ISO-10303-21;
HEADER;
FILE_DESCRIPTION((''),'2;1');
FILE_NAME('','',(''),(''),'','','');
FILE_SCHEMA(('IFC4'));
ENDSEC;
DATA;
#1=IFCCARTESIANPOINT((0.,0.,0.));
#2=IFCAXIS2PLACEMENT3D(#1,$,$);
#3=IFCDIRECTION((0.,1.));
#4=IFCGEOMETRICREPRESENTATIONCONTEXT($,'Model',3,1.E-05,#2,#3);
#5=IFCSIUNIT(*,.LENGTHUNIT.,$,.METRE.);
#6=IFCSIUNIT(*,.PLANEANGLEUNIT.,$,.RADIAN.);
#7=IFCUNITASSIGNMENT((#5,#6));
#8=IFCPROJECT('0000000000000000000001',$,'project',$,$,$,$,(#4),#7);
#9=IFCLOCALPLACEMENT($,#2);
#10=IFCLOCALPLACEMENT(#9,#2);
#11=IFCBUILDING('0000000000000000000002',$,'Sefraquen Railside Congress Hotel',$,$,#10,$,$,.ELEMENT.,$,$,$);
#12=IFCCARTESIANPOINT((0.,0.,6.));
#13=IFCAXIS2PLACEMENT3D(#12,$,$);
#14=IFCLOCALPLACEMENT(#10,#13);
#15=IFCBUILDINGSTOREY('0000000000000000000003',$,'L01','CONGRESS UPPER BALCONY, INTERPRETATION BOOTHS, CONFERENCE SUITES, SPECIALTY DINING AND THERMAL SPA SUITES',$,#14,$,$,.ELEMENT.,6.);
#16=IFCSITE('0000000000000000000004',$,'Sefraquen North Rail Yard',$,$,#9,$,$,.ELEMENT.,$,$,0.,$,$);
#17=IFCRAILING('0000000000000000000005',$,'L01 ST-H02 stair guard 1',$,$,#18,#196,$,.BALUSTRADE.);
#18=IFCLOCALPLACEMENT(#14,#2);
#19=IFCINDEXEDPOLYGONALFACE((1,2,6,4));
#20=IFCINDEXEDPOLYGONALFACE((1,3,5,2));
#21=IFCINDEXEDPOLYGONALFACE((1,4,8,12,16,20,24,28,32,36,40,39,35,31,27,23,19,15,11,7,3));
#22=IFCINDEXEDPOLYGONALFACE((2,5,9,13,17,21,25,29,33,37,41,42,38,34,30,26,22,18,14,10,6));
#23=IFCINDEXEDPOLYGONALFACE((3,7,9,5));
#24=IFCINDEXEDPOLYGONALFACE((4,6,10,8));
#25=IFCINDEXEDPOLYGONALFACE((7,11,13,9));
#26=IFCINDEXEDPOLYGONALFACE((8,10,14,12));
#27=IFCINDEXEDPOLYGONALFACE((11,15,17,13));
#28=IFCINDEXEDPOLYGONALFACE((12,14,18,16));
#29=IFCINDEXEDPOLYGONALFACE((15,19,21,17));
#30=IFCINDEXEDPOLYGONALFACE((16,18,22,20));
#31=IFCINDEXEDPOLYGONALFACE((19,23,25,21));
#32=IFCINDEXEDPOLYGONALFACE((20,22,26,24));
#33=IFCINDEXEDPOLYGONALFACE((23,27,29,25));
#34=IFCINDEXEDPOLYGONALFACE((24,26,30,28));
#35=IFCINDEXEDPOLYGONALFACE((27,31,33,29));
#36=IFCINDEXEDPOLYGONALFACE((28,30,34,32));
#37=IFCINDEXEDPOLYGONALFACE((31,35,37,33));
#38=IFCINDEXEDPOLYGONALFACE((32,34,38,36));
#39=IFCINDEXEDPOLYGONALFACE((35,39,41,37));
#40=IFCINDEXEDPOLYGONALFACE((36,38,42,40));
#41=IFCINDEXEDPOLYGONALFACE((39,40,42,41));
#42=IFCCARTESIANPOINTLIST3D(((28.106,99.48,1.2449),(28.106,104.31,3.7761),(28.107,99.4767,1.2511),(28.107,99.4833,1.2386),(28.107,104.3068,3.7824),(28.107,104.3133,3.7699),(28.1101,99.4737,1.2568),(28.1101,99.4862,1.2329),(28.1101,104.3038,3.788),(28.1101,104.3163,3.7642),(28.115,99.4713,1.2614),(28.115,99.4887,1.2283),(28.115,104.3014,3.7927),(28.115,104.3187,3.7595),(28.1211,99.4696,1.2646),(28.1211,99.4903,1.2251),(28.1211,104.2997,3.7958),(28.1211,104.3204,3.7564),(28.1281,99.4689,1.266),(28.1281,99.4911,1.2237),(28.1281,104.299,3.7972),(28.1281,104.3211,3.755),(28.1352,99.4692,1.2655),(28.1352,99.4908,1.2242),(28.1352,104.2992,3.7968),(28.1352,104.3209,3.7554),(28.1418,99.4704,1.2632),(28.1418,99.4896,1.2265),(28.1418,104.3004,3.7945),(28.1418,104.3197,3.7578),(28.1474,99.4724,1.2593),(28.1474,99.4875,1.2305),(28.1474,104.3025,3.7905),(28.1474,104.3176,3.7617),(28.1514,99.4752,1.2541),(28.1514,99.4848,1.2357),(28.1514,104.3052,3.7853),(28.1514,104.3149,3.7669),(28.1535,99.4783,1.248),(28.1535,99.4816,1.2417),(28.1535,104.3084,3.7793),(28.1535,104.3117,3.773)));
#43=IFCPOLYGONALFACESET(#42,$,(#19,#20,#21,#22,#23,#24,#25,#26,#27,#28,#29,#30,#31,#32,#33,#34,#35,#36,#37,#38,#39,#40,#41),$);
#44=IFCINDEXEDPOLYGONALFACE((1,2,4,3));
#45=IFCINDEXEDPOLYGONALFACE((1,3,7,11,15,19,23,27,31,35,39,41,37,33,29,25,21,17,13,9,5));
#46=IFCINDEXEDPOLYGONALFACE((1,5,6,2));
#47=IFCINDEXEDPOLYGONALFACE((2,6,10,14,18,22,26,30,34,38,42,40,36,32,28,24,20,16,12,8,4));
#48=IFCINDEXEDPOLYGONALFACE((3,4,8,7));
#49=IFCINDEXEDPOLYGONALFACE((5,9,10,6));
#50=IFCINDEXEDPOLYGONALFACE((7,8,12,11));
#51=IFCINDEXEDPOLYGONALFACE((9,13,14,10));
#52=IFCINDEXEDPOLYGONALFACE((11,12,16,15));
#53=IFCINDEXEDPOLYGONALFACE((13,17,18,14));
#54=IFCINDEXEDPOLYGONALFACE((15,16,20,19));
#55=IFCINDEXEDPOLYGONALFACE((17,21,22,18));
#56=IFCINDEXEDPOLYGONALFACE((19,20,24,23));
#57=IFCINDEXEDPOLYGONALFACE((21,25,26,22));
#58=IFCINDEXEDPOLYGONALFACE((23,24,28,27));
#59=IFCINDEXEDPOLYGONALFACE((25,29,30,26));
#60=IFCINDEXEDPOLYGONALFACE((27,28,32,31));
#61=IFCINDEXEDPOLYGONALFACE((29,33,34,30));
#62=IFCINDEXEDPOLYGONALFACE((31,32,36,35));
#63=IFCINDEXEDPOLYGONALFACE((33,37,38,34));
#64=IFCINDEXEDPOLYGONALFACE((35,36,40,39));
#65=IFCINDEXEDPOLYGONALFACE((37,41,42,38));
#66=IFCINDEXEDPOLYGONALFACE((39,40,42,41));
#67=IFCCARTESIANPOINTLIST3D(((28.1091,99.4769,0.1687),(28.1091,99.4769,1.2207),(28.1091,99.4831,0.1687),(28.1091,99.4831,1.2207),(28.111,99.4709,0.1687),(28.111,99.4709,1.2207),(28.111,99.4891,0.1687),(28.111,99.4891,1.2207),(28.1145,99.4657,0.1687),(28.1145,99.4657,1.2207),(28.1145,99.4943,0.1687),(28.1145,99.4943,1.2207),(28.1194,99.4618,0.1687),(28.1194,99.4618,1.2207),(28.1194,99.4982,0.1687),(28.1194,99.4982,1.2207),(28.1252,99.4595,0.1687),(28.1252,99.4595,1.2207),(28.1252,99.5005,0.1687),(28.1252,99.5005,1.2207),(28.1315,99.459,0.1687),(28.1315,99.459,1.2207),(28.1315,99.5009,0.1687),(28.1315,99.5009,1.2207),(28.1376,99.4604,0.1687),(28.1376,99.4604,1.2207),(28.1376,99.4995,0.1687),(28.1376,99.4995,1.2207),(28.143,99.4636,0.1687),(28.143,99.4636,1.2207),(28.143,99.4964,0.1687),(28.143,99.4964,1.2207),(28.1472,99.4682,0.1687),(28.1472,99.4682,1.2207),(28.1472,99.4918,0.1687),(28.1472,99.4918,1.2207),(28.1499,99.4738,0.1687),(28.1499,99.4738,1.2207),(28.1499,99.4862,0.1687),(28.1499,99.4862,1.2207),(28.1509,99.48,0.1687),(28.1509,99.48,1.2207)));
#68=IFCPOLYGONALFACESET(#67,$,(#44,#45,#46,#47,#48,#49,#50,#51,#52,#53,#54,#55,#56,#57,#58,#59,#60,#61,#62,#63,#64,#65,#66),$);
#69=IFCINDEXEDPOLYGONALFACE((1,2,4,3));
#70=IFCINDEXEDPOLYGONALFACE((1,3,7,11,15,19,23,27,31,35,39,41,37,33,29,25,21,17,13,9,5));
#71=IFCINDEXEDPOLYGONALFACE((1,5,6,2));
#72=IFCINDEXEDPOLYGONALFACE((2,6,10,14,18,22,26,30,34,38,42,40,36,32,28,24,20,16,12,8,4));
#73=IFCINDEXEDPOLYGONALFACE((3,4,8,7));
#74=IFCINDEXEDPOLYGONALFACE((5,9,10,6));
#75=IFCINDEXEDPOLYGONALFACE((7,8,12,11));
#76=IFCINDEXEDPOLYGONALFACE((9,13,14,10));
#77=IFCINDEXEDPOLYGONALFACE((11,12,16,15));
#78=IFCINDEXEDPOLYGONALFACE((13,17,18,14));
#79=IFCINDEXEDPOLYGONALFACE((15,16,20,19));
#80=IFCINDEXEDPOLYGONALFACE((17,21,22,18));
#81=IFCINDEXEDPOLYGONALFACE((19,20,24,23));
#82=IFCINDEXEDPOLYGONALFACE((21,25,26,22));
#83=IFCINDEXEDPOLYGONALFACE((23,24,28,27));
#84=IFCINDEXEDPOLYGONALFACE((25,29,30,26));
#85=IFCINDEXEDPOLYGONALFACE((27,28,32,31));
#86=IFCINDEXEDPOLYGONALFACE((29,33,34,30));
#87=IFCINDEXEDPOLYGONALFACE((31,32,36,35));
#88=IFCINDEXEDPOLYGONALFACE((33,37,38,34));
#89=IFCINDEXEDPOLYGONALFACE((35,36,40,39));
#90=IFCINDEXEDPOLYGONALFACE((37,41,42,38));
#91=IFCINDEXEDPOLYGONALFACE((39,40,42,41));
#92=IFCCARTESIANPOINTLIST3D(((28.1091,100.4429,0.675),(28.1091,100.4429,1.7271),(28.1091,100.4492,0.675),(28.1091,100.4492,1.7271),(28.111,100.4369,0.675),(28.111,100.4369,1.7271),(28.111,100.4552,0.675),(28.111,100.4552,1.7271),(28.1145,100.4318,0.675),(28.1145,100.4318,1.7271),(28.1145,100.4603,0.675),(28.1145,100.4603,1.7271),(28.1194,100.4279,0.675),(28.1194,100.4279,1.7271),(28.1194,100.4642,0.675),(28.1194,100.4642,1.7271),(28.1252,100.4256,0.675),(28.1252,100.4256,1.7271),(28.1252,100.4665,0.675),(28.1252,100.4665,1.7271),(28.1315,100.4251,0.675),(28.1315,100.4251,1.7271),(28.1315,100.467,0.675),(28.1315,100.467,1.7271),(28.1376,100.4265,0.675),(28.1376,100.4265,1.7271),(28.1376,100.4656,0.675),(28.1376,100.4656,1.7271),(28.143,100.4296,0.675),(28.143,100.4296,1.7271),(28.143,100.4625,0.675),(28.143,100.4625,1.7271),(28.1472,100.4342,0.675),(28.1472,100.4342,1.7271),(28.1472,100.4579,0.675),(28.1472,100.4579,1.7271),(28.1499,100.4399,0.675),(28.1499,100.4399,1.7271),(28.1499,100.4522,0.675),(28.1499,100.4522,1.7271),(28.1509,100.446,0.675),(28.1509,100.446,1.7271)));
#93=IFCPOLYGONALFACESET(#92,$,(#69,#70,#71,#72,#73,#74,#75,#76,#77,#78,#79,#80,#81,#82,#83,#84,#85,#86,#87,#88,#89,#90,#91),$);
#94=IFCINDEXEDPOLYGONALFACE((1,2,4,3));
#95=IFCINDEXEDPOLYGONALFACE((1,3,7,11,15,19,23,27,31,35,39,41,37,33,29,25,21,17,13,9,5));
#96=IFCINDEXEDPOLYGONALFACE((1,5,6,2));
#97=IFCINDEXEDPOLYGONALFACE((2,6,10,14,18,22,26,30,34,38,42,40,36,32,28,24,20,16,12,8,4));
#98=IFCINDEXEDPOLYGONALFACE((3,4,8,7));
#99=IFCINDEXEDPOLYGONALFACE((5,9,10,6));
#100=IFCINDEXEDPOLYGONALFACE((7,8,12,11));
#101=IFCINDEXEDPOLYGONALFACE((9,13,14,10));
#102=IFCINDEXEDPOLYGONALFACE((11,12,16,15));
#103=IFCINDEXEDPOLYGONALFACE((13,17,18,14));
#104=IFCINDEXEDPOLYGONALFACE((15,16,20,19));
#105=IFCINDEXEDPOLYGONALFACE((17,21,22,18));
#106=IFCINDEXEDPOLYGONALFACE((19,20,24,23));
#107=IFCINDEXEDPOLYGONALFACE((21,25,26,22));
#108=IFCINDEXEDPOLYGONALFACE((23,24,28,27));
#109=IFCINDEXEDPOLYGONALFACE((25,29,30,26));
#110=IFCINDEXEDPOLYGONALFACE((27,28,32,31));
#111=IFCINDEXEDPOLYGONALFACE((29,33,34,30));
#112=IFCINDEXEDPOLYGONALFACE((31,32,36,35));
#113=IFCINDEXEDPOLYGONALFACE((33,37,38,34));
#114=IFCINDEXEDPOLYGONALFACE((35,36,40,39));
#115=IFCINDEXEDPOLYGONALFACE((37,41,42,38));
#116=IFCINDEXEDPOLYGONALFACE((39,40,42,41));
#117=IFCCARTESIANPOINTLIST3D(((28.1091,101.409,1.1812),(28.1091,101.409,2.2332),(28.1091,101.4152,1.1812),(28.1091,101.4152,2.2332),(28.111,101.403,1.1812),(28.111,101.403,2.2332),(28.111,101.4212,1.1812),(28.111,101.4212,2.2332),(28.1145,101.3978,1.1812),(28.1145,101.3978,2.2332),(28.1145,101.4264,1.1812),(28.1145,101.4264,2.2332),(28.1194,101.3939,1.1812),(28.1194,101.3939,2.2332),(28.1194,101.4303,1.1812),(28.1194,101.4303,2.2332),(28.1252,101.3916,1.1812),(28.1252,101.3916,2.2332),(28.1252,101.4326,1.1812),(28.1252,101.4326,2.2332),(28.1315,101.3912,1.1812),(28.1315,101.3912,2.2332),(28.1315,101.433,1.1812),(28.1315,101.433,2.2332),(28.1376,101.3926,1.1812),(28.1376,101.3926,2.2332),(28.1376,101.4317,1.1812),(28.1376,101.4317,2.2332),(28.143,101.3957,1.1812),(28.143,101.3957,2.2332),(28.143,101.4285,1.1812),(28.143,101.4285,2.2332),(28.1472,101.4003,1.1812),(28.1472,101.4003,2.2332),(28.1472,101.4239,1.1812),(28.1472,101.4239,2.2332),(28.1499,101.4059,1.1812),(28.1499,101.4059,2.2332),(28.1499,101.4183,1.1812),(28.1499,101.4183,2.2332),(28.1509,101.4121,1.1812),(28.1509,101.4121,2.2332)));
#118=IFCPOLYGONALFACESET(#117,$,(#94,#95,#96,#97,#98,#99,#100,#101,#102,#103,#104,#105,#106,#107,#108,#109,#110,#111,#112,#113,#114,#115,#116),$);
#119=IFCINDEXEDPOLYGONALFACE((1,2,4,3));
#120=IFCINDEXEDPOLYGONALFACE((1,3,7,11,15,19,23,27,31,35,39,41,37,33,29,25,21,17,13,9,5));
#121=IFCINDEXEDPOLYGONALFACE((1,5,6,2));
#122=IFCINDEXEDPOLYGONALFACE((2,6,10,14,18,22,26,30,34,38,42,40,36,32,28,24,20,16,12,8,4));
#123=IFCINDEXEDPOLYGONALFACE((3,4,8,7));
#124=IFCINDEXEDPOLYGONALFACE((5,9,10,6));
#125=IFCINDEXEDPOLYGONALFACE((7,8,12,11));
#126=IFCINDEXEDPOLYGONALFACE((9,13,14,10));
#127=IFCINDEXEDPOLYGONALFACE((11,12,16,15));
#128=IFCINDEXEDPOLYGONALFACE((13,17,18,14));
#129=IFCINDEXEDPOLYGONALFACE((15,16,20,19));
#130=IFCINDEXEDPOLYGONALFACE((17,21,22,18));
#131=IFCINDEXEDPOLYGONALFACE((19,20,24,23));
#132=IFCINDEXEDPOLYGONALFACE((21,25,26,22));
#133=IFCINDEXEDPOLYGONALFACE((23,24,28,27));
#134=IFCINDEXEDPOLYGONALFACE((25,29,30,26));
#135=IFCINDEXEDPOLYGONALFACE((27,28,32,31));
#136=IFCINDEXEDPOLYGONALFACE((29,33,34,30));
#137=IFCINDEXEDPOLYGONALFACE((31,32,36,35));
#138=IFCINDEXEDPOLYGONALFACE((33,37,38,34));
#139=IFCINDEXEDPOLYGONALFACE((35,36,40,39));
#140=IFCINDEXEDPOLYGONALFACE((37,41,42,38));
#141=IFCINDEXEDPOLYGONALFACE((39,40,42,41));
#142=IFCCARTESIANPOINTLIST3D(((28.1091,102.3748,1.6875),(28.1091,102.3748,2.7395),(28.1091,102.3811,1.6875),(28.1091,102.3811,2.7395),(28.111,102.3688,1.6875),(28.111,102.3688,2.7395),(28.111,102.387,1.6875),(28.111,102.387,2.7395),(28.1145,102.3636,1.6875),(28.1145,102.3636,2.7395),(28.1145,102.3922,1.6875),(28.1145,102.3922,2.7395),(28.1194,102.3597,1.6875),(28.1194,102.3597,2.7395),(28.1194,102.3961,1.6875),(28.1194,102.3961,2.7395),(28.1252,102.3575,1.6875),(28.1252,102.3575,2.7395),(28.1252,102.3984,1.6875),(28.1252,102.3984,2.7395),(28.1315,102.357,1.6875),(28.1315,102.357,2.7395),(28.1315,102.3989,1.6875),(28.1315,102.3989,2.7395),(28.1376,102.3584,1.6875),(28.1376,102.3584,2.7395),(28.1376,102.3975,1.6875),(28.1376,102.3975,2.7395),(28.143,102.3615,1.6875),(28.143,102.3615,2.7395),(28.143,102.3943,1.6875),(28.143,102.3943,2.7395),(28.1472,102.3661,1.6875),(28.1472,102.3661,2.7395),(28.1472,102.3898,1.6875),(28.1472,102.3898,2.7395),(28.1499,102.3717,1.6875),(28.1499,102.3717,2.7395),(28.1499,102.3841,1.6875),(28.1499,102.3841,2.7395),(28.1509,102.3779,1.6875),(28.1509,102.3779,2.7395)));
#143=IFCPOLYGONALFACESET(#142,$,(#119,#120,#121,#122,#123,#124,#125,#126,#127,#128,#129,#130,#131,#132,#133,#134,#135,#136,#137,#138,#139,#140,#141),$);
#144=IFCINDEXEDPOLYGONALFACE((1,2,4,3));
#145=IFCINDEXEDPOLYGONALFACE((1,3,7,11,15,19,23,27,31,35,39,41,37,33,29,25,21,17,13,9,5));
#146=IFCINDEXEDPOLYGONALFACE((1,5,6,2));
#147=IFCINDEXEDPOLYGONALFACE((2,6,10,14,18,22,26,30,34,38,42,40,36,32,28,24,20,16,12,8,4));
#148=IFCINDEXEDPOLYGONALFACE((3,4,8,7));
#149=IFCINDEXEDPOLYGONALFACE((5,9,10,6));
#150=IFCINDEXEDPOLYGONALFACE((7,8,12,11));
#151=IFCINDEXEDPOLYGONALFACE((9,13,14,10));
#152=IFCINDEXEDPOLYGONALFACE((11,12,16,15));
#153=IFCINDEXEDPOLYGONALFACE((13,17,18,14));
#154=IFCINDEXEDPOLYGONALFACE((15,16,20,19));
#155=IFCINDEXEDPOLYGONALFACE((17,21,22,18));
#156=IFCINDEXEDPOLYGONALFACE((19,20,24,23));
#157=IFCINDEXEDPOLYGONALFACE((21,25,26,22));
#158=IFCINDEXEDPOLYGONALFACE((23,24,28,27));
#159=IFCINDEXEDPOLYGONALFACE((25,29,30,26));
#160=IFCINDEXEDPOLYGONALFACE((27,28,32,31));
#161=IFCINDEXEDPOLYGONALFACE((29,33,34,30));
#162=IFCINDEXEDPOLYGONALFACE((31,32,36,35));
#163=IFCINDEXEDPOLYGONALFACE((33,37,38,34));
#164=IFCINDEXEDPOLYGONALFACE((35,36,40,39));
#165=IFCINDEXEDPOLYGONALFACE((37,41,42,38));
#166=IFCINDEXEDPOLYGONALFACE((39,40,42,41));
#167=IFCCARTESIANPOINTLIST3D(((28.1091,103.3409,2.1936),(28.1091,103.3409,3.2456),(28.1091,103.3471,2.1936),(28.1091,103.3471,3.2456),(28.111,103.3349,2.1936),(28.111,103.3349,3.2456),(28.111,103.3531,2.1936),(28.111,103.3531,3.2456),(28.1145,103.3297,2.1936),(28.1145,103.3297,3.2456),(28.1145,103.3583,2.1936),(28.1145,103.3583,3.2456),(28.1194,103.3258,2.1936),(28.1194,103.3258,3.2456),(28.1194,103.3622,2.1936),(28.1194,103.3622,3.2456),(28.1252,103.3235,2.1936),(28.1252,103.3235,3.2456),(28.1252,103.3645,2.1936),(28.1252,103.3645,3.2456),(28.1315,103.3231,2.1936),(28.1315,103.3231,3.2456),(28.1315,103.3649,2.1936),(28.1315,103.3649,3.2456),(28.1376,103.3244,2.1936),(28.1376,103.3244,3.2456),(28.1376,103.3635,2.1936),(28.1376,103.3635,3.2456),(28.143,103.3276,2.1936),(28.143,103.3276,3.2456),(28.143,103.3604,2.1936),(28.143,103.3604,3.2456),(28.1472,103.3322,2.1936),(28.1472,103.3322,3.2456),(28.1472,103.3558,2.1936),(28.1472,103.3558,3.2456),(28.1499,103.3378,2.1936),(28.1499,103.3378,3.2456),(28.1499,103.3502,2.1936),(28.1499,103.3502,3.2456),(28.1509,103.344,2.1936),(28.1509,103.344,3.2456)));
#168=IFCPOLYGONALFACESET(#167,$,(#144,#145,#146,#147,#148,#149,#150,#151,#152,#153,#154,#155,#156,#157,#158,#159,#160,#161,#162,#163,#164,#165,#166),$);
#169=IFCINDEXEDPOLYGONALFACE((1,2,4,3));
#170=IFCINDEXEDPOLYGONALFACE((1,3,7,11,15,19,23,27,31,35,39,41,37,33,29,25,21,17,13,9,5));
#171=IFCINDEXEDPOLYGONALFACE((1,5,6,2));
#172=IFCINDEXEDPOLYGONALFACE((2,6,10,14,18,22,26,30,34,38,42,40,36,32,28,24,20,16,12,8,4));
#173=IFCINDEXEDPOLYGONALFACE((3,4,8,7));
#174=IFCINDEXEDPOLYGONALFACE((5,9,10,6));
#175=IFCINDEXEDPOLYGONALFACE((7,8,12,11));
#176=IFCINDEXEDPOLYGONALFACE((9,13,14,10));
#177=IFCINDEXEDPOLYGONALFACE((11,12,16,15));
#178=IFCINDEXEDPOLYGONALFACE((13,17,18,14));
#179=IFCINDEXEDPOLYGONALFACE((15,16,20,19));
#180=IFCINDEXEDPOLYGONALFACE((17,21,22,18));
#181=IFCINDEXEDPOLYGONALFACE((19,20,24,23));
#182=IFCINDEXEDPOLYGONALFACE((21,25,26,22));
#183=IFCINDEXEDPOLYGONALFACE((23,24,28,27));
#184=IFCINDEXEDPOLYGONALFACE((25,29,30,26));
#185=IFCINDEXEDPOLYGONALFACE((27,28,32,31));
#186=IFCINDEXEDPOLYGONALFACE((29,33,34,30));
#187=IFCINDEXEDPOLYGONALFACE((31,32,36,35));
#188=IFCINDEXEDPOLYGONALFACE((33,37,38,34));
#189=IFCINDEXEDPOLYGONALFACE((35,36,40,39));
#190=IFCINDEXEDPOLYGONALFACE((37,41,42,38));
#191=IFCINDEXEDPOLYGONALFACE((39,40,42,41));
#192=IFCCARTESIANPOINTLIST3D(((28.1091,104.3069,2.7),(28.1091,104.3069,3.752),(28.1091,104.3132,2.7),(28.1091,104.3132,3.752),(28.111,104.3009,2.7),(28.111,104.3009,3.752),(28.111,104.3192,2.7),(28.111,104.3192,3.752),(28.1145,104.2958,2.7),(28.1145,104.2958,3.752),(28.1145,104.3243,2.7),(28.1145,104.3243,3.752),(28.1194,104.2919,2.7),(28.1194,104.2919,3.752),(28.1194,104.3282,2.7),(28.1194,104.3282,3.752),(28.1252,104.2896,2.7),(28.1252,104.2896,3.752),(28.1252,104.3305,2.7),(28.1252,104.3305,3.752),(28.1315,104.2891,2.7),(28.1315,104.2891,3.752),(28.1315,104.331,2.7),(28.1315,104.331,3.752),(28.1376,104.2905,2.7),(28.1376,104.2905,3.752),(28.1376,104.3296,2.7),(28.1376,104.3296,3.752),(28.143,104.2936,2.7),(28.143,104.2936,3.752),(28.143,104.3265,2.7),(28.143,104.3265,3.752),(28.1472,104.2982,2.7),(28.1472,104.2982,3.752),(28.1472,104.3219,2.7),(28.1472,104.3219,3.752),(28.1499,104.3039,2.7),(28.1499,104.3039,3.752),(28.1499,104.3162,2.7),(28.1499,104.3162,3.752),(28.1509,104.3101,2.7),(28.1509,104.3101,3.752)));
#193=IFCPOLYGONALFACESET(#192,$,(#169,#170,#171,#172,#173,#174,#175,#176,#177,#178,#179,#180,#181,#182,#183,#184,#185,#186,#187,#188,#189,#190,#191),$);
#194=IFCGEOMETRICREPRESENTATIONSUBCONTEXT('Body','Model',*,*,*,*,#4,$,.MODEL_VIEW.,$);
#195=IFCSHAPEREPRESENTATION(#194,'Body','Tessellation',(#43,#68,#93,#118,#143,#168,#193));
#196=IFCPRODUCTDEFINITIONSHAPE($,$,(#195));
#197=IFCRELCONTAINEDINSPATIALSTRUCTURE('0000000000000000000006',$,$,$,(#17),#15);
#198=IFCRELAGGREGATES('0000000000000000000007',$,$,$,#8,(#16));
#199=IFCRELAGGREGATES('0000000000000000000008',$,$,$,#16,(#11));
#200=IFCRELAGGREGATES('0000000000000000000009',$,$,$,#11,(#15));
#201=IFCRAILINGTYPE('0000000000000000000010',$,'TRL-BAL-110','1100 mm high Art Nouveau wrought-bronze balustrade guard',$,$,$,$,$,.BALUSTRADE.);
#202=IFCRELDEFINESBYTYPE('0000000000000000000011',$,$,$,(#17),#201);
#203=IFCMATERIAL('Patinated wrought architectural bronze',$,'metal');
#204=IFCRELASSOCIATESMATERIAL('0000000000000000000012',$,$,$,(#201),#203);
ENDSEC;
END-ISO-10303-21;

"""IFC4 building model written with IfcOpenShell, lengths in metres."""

from ifc_helpers import new_model, si_unit, direction, frame, origin, origin_2d, place, context, subcontext, project, spatial, circle, extrude, material, type_object, element, save


model = new_model("IFC4")

# Units and contexts
model_context = context("Model", 3, precision=1e-05, world=origin(), true_north=direction((0.0, 1.0)))
body_context = subcontext(model_context, "Body", "Model", "MODEL_VIEW")
ifc_project = project(units=[si_unit("LENGTHUNIT", "METRE"), si_unit("PLANEANGLEUNIT", "RADIAN")], contexts=[model_context])

# Site, building, storey
site_placement = place(None, origin())
site = spatial("IfcSite", under=ifc_project, at=site_placement, Name="Sefraquen North Rail Yard", CompositionType="ELEMENT", RefElevation=0.0)
building_placement = place(site_placement, origin())
building = spatial("IfcBuilding", under=site, at=building_placement, Name="Sefraquen Railside Congress Hotel", CompositionType="ELEMENT")
storey_placement = place(building_placement, frame((0.0, 0.0, 6.0)))
storey = spatial("IfcBuildingStorey", under=building, at=storey_placement, Name="L01", Description="CONGRESS UPPER BALCONY, INTERPRETATION BOOTHS, CONFERENCE SUITES, SPECIALTY DINING AND THERMAL SPA SUITES", CompositionType="ELEMENT", Elevation=6.0)

# Railing
ifc_material_1 = material(Name="Patinated wrought architectural bronze", Category="metal")
railing_type_1 = type_object("IfcRailingType", Name="TRL-BAL-110", Description="1100 mm high Art Nouveau wrought-bronze balustrade guard", PredefinedType="BALUSTRADE", material=ifc_material_1)
railing_1_placement = place(storey_placement, frame((28.1299, 99.48, 0.1687)))
element("IfcRailing", 1, at=railing_1_placement, inside=storey, type_object=railing_type_1, Name="L01 ST-H02 stair guard 1", PredefinedType="BALUSTRADE", context=body_context, shape_type="SweptSolid", body=[
    extrude(circle(Radius=0.0239, at=origin_2d()), frame((0.0, 0.0, 1.0762), z_axis=(0.0, 0.88574, 0.464181), x_axis=(-1.0, 0.0, 0.0)), (0.0, 0.0, 1.0), 5.4531),
    extrude(circle(Radius=0.021, at=origin_2d()), origin(), (0.0, 0.0, 1.0), 1.052),
    extrude(circle(Radius=0.021, at=origin_2d()), frame((0.0, 0.9661, 0.5063)), (0.0, 0.0, 1.0), 1.052),
    extrude(circle(Radius=0.021, at=origin_2d()), frame((0.0, 1.9321, 1.0125)), (0.0, 0.0, 1.0), 1.052),
    extrude(circle(Radius=0.021, at=origin_2d()), frame((0.0, 2.8979, 1.5188)), (0.0, 0.0, 1.0), 1.052),
    extrude(circle(Radius=0.021, at=origin_2d()), frame((0.0, 3.864, 2.0249)), (0.0, 0.0, 1.0), 1.052),
    extrude(circle(Radius=0.021, at=origin_2d()), frame((0.0, 4.8301, 2.5312)), (0.0, 0.0, 1.0), 1.052),
])

save(model, "model.ifc")
